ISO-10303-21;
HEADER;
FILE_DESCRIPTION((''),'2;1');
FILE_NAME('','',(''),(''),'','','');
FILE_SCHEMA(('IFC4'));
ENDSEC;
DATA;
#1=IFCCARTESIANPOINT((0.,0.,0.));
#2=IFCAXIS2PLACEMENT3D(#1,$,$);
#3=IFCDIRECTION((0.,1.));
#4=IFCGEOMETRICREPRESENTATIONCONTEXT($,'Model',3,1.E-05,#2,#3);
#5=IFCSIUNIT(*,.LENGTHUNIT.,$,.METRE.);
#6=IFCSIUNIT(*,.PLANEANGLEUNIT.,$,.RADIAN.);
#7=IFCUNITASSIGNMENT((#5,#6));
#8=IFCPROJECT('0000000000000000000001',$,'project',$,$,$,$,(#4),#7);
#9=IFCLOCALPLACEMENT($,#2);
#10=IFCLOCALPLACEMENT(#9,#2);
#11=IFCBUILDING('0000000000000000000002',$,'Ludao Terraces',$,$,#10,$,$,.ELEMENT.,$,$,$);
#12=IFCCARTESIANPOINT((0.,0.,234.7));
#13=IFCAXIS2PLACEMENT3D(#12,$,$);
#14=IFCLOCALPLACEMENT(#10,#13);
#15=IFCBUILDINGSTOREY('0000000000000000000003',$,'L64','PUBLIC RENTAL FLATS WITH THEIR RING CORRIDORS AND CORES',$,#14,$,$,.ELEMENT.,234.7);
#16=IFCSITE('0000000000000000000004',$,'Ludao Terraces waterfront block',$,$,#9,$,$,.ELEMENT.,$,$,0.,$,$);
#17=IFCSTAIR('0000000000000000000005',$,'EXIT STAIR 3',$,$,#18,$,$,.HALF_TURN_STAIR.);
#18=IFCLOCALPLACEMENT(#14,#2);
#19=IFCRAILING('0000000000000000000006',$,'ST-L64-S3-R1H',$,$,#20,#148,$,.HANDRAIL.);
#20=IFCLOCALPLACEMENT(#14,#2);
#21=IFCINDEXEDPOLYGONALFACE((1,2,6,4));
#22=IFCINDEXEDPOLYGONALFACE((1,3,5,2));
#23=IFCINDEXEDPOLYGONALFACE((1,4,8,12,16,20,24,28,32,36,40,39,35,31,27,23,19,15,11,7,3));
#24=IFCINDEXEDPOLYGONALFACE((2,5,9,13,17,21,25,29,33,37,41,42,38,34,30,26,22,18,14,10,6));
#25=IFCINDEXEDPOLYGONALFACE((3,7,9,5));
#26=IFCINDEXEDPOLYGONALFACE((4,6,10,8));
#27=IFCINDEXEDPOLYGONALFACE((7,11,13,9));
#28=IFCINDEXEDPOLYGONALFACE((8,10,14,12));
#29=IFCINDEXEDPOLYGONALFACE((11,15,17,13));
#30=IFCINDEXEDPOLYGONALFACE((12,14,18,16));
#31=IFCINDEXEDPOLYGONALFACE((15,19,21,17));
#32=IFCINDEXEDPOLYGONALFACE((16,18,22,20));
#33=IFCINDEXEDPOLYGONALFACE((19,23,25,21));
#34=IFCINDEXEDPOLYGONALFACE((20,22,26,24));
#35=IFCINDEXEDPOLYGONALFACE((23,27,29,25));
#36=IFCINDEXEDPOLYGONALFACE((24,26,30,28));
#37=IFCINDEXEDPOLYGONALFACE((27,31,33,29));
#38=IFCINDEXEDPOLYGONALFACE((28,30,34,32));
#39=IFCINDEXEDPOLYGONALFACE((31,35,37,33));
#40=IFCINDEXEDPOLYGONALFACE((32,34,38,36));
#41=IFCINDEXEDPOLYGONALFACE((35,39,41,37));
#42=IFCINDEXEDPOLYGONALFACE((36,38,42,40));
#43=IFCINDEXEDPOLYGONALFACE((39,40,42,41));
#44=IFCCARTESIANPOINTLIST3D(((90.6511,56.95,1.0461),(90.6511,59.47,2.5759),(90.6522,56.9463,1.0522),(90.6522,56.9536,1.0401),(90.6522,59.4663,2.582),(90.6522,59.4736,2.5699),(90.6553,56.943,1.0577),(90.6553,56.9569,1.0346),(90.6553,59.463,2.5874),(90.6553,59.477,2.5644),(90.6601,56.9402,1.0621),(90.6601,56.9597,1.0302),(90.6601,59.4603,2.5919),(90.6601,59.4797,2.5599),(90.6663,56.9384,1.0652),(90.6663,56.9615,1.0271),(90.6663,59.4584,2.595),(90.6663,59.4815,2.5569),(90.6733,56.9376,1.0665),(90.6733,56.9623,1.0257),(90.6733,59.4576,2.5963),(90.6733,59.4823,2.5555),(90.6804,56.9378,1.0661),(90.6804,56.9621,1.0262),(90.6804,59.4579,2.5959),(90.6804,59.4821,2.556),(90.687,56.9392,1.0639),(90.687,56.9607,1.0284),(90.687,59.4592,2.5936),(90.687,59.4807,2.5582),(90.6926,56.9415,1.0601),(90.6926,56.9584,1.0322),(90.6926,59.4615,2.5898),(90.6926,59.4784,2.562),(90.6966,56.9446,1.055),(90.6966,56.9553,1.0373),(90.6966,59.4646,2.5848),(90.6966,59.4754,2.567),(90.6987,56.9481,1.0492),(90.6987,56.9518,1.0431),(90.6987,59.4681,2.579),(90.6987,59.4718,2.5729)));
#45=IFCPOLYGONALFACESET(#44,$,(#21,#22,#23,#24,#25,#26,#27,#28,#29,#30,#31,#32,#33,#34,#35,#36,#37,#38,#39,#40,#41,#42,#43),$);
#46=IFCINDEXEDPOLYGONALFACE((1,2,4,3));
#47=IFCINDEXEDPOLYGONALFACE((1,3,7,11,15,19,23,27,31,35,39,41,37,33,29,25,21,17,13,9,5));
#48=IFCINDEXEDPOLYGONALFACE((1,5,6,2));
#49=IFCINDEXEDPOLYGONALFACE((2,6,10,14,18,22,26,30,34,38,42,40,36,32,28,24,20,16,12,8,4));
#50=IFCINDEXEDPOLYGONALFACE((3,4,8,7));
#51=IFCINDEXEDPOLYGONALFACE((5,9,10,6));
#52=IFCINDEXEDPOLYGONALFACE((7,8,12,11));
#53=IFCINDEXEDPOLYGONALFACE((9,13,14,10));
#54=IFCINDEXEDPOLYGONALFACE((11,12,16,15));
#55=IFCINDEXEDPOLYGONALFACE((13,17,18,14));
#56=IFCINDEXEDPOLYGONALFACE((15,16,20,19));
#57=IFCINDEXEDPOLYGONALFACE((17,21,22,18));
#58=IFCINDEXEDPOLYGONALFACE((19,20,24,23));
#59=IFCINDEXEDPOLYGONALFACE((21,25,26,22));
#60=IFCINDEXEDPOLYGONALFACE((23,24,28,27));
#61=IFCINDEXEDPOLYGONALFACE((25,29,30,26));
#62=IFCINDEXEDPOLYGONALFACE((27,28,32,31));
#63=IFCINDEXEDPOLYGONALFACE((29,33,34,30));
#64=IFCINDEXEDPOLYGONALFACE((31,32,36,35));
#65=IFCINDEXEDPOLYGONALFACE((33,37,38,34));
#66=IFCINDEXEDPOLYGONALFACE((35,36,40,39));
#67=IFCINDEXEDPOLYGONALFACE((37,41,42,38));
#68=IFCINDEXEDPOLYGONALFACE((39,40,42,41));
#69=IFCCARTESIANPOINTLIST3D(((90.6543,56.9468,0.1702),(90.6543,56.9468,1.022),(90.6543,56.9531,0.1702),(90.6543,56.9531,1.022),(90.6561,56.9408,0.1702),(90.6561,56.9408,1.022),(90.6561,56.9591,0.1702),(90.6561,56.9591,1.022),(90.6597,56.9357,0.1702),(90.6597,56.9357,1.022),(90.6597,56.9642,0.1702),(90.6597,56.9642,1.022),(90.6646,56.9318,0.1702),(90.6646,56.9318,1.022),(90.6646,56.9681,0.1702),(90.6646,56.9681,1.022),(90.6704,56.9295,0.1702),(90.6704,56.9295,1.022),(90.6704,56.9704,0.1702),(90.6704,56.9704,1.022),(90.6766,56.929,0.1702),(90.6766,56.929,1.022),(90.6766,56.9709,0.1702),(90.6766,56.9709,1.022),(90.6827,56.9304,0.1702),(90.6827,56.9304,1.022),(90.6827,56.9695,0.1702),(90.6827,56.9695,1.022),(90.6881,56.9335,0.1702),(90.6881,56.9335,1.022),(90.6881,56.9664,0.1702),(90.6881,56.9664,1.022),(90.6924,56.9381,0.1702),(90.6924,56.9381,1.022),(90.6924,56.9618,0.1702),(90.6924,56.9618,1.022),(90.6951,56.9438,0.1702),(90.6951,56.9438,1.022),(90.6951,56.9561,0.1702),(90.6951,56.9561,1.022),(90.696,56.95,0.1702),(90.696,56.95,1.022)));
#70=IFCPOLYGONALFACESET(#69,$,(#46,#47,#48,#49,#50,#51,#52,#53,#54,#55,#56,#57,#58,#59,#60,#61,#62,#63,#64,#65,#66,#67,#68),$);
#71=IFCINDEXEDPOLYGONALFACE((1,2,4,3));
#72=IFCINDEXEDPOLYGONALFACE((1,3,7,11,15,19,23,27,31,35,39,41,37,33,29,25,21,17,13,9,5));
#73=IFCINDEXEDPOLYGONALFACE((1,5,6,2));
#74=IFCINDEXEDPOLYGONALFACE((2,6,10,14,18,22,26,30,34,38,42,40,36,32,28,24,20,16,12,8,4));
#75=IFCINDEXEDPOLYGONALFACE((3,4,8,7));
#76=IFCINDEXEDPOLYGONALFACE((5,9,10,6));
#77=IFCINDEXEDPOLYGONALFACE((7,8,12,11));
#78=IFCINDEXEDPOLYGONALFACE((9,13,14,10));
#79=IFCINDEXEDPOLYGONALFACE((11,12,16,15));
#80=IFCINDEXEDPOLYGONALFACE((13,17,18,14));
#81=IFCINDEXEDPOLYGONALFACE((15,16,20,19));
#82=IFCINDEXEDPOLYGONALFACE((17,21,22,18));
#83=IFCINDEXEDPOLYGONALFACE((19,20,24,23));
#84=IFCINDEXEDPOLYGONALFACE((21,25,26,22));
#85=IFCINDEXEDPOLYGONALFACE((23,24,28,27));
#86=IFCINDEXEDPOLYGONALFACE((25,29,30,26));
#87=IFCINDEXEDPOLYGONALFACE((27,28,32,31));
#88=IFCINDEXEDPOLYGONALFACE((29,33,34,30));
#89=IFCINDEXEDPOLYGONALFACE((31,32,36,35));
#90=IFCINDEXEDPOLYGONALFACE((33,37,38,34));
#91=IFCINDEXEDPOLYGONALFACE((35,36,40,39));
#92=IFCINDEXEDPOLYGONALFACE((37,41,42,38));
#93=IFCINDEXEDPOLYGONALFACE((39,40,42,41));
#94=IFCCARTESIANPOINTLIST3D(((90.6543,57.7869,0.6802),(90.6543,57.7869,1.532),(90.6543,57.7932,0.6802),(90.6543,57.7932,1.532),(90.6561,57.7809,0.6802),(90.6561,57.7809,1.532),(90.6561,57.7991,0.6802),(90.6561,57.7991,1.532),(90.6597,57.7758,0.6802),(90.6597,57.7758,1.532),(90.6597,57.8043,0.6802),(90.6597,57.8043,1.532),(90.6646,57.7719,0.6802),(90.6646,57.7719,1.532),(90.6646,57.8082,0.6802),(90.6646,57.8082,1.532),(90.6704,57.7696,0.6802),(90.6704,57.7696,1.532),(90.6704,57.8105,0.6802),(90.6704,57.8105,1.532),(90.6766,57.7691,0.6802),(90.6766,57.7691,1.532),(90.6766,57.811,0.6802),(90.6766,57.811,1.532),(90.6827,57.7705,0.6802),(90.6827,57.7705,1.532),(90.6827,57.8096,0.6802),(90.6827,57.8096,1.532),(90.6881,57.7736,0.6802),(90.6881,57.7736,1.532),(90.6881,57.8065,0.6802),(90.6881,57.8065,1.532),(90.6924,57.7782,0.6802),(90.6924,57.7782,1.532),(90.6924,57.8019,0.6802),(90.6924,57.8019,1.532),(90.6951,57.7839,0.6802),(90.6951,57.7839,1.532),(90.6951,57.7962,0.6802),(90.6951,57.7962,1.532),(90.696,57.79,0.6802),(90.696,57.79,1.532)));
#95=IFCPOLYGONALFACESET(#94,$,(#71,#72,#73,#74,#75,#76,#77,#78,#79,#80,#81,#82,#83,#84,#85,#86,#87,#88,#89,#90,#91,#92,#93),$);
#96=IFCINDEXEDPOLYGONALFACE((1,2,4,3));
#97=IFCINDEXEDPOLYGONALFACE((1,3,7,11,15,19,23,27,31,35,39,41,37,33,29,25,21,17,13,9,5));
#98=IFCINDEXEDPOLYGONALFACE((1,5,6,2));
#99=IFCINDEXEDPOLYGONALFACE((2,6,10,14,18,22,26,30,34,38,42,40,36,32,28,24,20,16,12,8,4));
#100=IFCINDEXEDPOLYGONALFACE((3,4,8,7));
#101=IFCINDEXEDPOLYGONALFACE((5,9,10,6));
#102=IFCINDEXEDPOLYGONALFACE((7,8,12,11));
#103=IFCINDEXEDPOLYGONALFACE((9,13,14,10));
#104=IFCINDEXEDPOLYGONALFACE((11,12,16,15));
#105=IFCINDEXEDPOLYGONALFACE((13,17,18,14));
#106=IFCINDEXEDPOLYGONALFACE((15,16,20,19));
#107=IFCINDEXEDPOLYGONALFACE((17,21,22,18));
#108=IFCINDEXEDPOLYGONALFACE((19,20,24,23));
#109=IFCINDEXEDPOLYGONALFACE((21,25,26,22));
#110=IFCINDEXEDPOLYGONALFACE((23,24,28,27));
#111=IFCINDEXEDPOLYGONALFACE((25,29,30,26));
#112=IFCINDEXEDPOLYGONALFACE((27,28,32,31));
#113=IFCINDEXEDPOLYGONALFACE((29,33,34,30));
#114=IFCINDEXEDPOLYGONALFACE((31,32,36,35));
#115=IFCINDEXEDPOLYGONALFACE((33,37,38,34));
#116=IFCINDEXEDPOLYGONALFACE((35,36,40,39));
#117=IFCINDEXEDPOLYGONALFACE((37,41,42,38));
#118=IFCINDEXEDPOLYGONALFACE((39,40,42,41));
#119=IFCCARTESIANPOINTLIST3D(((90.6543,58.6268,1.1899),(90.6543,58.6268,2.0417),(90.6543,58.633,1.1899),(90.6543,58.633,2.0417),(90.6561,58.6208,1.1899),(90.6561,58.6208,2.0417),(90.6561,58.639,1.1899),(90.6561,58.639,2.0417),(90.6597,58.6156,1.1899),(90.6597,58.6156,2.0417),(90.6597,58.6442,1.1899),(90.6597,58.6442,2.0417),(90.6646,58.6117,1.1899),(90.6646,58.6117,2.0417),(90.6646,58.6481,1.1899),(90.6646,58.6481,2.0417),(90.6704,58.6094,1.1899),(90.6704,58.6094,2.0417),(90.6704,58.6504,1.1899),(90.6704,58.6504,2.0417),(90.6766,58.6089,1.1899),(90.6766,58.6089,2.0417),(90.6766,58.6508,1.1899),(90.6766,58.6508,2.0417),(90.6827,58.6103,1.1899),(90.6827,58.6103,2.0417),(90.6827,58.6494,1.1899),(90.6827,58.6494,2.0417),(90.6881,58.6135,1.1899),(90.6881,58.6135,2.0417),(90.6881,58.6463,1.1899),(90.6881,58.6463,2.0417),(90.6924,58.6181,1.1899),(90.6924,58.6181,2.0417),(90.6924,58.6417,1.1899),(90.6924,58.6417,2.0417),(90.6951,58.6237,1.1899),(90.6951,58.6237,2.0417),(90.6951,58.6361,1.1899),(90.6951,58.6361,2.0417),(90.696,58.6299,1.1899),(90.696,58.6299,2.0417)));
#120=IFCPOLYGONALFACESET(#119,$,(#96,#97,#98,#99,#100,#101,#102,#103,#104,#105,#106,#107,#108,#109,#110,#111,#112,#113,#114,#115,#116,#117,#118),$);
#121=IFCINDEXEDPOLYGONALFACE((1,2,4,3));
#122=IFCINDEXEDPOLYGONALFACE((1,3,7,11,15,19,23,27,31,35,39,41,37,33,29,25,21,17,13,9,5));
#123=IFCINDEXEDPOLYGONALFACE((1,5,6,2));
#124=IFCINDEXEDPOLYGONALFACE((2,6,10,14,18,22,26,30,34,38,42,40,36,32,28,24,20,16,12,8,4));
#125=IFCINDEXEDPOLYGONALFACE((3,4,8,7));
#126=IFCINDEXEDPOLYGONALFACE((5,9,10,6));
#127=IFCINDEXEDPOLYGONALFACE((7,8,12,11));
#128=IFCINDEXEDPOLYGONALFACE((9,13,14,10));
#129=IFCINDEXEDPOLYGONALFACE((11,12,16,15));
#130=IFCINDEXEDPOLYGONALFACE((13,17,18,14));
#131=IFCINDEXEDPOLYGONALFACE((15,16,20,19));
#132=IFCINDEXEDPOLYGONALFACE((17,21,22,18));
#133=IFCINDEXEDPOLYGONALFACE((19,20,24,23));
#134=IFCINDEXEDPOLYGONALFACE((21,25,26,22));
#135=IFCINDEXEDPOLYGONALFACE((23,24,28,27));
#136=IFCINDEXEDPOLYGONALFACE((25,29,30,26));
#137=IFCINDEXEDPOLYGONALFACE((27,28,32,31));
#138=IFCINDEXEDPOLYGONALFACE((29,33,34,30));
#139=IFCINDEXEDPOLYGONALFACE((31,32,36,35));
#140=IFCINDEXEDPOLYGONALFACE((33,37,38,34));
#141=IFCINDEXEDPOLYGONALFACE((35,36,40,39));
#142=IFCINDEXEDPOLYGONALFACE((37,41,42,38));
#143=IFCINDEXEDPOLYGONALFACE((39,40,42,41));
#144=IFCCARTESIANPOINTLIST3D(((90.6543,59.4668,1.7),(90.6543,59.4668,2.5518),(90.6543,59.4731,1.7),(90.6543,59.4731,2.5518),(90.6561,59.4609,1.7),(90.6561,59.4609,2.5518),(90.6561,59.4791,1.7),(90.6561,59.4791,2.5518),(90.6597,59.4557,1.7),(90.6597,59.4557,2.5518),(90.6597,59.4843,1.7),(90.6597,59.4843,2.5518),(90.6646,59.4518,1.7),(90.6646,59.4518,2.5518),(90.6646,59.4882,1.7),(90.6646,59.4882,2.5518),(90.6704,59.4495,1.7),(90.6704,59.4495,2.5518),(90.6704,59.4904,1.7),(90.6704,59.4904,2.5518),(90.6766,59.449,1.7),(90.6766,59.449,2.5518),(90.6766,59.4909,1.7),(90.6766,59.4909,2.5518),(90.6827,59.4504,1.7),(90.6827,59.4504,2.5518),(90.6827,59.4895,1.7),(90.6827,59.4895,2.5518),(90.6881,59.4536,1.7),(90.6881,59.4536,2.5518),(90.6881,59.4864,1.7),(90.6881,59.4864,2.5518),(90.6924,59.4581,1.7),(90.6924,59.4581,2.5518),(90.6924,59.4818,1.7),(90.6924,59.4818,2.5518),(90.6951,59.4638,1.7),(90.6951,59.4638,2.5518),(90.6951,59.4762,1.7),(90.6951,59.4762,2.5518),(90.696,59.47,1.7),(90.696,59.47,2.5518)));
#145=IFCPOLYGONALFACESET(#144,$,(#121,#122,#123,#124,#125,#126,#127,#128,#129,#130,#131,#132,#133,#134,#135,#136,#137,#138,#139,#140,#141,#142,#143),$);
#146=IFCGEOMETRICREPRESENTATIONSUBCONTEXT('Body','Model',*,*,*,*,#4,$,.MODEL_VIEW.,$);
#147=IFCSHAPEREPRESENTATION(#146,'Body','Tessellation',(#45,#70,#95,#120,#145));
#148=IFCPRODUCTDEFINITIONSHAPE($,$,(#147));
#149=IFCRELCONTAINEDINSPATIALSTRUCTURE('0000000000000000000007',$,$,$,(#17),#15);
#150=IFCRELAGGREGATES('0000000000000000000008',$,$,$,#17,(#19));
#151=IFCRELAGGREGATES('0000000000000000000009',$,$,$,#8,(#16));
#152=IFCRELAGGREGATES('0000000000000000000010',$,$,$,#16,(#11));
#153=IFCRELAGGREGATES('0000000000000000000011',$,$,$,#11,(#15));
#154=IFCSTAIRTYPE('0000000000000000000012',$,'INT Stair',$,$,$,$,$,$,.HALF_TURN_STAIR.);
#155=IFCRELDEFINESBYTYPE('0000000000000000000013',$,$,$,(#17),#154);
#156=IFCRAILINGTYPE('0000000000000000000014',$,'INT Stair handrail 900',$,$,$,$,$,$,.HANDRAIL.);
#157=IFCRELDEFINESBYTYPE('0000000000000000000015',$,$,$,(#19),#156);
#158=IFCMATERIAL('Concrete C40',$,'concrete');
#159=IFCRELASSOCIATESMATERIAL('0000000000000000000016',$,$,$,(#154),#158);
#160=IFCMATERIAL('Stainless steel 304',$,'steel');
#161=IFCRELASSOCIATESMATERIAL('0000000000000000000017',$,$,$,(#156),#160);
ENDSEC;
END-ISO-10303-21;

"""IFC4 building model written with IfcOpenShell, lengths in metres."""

from ifc_helpers import new_model, si_unit, direction, frame, origin, origin_2d, place, context, subcontext, project, spatial, circle, extrude, material, type_object, element, aggregate, save


model = new_model("IFC4")

# Units and contexts
model_context = context("Model", 3, precision=1e-05, world=origin(), true_north=direction((0.0, 1.0)))
body_context = subcontext(model_context, "Body", "Model", "MODEL_VIEW")
ifc_project = project(units=[si_unit("LENGTHUNIT", "METRE"), si_unit("PLANEANGLEUNIT", "RADIAN")], contexts=[model_context])

# Site, building, storey
site_placement = place(None, origin())
site = spatial("IfcSite", under=ifc_project, at=site_placement, Name="Ludao Terraces waterfront block", CompositionType="ELEMENT", RefElevation=0.0)
building_placement = place(site_placement, origin())
building = spatial("IfcBuilding", under=site, at=building_placement, Name="Ludao Terraces", CompositionType="ELEMENT")
storey_placement = place(building_placement, frame((0.0, 0.0, 234.7)))
storey = spatial("IfcBuildingStorey", under=building, at=storey_placement, Name="L64", Description="PUBLIC RENTAL FLATS WITH THEIR RING CORRIDORS AND CORES", CompositionType="ELEMENT", Elevation=234.7)

# Shared definitions
ifc_material_1 = material(Name="Concrete C40", Category="concrete")

# Stair, railing
stair_type = type_object("IfcStairType", Name="INT Stair", PredefinedType="HALF_TURN_STAIR", material=ifc_material_1)
stair_placement = place(storey_placement, origin())
stair = element("IfcStair", 1, at=stair_placement, inside=storey, type_object=stair_type, Name="EXIT STAIR 3", PredefinedType="HALF_TURN_STAIR")
ifc_material_2 = material(Name="Stainless steel 304", Category="steel")
railing_type_1 = type_object("IfcRailingType", Name="INT Stair handrail 900", PredefinedType="HANDRAIL", material=ifc_material_2)
railing_1_placement = place(storey_placement, frame((90.675, 56.95, 0.1702)))
railing_1 = element("IfcRailing", 2, at=railing_1_placement, type_object=railing_type_1, Name="ST-L64-S3-R1H", PredefinedType="HANDRAIL", context=body_context, shape_type="SweptSolid", body=[
    extrude(circle(Radius=0.0239, at=origin_2d()), frame((0.0, 0.0, 0.876), z_axis=(0.0, 0.854822, 0.518922), x_axis=(-1.0, 0.0, 0.0)), (0.0, 0.0, 1.0), 2.948),
    extrude(circle(Radius=0.021, at=origin_2d()), origin(), (0.0, 0.0, 1.0), 0.8518),
    extrude(circle(Radius=0.021, at=origin_2d()), frame((0.0, 0.8401, 0.51)), (0.0, 0.0, 1.0), 0.8518),
    extrude(circle(Radius=0.021, at=origin_2d()), frame((0.0, 1.6799, 1.0198)), (0.0, 0.0, 1.0), 0.8518),
    extrude(circle(Radius=0.021, at=origin_2d()), frame((0.0, 2.52, 1.5298)), (0.0, 0.0, 1.0), 0.8518),
])
aggregate(stair, [railing_1])

save(model, "model.ifc")
